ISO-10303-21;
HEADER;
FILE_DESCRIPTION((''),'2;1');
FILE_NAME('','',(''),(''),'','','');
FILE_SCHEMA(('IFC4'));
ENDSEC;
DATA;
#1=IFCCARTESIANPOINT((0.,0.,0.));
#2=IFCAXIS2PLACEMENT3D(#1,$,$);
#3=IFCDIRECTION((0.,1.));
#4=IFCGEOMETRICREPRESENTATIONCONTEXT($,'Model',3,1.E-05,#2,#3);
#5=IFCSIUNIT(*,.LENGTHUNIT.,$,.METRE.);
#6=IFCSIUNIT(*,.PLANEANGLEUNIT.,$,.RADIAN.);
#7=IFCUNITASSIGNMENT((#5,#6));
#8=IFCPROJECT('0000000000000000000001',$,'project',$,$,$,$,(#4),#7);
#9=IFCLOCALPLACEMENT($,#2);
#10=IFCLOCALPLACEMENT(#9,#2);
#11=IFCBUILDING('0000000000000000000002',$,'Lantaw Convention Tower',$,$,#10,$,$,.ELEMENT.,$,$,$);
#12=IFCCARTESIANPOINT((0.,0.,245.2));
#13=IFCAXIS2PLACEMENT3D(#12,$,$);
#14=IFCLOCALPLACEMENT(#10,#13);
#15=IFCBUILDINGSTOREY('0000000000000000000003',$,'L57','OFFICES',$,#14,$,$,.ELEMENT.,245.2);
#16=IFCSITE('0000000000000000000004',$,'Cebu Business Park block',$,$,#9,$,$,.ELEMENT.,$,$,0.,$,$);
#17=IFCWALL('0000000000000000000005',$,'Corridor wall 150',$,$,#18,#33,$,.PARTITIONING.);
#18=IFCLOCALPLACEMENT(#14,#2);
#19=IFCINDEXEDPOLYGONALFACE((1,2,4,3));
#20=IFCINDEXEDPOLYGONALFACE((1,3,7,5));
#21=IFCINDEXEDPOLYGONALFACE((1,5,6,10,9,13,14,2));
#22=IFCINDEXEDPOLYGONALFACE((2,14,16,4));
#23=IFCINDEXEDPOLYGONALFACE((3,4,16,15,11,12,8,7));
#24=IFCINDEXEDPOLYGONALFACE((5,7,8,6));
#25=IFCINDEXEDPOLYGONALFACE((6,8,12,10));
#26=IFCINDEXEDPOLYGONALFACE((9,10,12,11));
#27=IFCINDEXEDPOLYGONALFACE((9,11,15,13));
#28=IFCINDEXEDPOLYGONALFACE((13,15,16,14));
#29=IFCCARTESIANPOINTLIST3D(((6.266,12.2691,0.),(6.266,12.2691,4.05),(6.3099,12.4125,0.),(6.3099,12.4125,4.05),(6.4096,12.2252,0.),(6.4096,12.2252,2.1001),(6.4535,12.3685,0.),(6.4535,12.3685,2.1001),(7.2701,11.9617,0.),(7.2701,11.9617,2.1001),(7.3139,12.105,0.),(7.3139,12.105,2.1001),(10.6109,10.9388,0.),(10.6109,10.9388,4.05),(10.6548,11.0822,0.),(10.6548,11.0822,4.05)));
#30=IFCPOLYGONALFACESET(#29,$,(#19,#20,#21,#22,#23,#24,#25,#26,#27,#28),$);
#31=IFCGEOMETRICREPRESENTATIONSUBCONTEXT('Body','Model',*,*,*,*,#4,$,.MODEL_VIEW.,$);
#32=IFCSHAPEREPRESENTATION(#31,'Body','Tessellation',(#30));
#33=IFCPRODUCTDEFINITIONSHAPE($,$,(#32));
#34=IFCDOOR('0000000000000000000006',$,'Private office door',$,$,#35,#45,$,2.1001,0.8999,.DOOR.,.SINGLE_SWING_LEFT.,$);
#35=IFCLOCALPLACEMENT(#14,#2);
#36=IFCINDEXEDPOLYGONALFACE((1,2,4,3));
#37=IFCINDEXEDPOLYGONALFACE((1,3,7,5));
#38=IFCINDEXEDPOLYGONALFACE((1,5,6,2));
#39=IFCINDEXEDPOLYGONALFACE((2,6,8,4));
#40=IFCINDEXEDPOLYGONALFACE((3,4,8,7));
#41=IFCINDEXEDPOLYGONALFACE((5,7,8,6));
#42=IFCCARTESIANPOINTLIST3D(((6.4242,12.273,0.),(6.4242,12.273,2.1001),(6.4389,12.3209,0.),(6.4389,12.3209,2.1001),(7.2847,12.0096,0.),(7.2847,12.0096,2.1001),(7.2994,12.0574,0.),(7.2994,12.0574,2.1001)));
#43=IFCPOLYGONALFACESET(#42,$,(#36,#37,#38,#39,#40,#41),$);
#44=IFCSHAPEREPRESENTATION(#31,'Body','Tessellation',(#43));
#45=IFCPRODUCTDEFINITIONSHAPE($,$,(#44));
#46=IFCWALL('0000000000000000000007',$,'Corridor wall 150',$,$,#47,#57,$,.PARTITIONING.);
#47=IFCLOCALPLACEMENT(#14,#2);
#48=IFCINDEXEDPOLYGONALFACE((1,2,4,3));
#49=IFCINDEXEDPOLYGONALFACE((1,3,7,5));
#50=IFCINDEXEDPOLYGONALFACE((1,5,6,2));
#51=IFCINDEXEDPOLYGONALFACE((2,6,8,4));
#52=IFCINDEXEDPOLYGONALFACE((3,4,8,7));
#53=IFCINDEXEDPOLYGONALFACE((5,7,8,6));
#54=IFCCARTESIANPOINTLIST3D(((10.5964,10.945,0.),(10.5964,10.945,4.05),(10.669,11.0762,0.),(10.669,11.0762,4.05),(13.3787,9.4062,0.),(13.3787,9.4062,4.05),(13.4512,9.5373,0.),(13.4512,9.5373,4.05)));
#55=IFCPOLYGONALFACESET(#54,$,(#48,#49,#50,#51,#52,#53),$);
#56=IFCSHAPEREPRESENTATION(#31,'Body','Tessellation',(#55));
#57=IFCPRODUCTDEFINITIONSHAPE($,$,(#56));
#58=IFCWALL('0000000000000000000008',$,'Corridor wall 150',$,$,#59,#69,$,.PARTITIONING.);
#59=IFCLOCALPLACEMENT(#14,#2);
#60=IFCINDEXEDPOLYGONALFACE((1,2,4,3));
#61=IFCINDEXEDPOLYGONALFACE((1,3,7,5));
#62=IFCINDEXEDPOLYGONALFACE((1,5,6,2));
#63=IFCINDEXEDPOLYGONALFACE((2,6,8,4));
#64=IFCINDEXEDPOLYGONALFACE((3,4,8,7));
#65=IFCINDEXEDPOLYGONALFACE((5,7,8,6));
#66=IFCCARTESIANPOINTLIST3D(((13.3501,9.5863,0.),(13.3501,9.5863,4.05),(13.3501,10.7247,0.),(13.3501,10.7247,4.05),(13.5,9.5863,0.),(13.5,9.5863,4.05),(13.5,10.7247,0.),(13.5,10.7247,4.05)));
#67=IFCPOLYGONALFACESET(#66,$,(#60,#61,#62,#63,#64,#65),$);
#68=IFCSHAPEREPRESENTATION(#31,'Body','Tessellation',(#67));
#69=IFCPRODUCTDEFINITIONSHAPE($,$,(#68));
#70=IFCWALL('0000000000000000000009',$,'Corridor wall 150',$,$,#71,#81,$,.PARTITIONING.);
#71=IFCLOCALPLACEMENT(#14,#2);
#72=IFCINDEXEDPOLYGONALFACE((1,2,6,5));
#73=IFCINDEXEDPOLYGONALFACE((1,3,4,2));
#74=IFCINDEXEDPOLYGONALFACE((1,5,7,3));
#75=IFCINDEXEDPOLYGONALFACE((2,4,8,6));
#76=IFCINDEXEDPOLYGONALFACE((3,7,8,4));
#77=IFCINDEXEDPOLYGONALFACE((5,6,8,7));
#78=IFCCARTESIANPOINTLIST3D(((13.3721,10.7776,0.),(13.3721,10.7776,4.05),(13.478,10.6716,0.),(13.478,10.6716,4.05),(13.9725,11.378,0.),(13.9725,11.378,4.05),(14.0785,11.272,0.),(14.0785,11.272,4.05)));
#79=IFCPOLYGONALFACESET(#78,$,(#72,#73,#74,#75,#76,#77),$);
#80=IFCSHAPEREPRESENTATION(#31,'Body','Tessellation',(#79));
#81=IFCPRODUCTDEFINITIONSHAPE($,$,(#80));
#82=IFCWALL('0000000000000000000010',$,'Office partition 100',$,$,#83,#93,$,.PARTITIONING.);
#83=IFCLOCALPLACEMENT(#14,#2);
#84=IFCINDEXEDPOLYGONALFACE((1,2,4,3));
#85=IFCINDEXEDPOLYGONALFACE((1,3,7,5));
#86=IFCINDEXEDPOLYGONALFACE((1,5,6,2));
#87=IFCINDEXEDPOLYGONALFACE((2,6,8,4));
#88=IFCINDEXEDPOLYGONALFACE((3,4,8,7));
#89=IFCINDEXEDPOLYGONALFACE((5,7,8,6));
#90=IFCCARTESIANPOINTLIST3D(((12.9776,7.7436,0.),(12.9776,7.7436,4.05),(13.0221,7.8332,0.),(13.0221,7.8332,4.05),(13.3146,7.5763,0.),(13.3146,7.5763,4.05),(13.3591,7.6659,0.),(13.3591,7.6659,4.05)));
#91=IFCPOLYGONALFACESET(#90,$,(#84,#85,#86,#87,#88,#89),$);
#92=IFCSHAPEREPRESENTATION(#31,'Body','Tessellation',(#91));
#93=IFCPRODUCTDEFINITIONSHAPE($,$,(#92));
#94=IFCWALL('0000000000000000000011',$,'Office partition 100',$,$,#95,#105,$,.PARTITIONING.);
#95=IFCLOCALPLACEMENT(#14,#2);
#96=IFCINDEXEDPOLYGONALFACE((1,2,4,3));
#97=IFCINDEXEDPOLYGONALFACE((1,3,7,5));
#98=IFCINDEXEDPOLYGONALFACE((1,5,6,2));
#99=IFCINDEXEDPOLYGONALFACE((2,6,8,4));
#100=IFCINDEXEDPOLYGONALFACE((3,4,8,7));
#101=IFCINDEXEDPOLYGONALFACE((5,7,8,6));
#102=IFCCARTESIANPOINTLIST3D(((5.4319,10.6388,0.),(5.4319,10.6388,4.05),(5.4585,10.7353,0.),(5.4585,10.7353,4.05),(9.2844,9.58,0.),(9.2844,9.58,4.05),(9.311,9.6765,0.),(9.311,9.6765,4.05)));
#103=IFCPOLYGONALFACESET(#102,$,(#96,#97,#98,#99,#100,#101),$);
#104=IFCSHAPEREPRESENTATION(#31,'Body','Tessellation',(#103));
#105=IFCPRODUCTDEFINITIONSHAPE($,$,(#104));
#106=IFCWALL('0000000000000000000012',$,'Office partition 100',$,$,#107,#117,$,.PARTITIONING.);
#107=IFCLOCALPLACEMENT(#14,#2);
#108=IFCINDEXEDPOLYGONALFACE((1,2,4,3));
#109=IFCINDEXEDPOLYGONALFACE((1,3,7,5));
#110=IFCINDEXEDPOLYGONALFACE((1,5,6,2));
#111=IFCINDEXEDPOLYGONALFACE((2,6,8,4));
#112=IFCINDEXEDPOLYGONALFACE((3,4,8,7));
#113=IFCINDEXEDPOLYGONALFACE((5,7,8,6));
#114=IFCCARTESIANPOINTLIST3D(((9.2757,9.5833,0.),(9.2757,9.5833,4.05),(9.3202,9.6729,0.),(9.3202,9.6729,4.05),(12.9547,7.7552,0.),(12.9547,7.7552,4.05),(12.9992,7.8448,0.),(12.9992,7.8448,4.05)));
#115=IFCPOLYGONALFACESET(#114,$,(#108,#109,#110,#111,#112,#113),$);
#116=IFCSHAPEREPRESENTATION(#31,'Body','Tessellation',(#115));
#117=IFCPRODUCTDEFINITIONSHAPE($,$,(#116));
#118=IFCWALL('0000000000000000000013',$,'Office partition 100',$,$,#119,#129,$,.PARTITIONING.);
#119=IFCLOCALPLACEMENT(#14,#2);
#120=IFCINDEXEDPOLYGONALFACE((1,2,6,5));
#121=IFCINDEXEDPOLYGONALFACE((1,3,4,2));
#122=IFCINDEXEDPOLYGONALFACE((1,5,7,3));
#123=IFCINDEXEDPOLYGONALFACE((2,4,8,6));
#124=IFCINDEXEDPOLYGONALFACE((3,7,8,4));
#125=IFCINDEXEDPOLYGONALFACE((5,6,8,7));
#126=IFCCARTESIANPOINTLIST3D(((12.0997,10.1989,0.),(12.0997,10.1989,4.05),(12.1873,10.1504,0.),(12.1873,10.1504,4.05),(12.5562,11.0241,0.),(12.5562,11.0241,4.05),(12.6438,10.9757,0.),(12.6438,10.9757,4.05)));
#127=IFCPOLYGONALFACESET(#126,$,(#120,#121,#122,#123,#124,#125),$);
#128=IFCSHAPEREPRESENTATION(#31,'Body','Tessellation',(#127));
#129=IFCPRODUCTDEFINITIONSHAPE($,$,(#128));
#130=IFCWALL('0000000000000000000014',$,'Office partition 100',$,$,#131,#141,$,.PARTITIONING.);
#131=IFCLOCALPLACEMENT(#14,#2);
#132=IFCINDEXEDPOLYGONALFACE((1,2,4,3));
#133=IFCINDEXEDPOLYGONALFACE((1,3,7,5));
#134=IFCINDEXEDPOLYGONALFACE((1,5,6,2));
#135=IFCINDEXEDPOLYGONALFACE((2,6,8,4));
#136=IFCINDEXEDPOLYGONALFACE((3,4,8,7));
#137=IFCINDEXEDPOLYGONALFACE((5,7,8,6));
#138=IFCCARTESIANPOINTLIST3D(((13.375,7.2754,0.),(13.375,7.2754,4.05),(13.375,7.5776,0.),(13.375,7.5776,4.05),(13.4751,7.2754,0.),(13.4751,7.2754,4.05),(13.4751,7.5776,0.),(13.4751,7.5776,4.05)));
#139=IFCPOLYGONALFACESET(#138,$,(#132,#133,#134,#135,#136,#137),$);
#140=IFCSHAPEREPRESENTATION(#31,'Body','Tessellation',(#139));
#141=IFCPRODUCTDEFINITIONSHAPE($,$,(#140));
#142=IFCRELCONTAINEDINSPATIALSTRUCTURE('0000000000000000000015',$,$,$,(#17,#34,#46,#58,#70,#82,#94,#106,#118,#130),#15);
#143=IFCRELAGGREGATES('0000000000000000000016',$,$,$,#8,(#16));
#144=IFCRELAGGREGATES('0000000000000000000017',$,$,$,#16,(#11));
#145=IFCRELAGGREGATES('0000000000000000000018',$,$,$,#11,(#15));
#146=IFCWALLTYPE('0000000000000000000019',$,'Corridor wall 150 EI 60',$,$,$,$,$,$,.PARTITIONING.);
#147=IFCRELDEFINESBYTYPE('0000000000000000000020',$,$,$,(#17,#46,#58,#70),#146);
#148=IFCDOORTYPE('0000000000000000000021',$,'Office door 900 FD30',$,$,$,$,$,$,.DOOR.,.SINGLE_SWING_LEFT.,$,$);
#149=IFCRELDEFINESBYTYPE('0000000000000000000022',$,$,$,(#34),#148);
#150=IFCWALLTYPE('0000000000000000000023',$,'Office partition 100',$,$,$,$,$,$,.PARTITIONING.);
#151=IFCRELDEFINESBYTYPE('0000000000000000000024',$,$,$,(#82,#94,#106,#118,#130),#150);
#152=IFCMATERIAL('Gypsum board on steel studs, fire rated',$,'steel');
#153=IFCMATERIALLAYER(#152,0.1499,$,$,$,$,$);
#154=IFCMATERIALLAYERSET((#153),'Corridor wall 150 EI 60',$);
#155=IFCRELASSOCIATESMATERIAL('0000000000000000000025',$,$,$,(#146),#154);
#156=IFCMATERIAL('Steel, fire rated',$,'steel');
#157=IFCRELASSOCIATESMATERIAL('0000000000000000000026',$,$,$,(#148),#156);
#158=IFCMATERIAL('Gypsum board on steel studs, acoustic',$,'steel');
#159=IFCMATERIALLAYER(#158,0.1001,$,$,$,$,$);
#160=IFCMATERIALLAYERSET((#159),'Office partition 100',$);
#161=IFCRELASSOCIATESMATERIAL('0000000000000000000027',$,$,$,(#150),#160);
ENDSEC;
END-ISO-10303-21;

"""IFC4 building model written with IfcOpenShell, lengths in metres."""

from ifc_helpers import new_model, si_unit, direction, frame, frame_2d, origin, place, context, subcontext, project, spatial, rectangle, extrude, material, layer, layer_set, type_object, element, fill, save


model = new_model("IFC4")

# Units and contexts
model_context = context("Model", 3, precision=1e-05, world=origin(), true_north=direction((0.0, 1.0)))
body_context = subcontext(model_context, "Body", "Model", "MODEL_VIEW")
ifc_project = project(units=[si_unit("LENGTHUNIT", "METRE"), si_unit("PLANEANGLEUNIT", "RADIAN")], contexts=[model_context])

# Site, building, storey
site_placement = place(None, origin())
site = spatial("IfcSite", under=ifc_project, at=site_placement, Name="Cebu Business Park block", CompositionType="ELEMENT", RefElevation=0.0)
building_placement = place(site_placement, origin())
building = spatial("IfcBuilding", under=site, at=building_placement, Name="Lantaw Convention Tower", CompositionType="ELEMENT")
storey_placement = place(building_placement, frame((0.0, 0.0, 245.2)))
storey = spatial("IfcBuildingStorey", under=building, at=storey_placement, Name="L57", Description="OFFICES", CompositionType="ELEMENT", Elevation=245.2)

# Wall, opening, door
ifc_material_1 = material(Name="Gypsum board on steel studs, fire rated", Category="steel")
ifc_layer_1 = layer(ifc_material_1, 0.1499)
ifc_layer_set_1 = layer_set([ifc_layer_1], Name="Corridor wall 150 EI 60")
wall_type_1 = type_object("IfcWallType", Name="Corridor wall 150 EI 60", PredefinedType="PARTITIONING", material=ifc_layer_set_1)
wall_1_placement = place(storey_placement, frame((10.6328, 11.0105, 0.0), z_axis=(0.0, 0.0, 1.0), x_axis=(-0.956186, 0.29276, 0.0)))
wall_1 = element("IfcWall", 1, at=wall_1_placement, inside=storey, type_object=wall_type_1, Name="Corridor wall 150", PredefinedType="PARTITIONING", context=body_context, shape_type="SweptSolid", body=[
    extrude(rectangle(XDim=4.5439, YDim=0.1499, at=frame_2d((2.272, 0.0))), origin(), (0.0, 0.0, 1.0), 4.05),
])
opening_1_placement = place(wall_1_placement, frame((3.4939, 0.0, 0.0)))
opening_1 = element("IfcOpeningElement", 2, at=opening_1_placement, cuts=wall_1, PredefinedType="OPENING", context=body_context, shape_type="SweptSolid", body=[
    extrude(rectangle(XDim=0.8999, YDim=2.1001, at=frame_2d((0.45, 1.05))), frame((0.0, 0.085, 0.0), z_axis=(0.0, -1.0, 0.0), x_axis=(1.0, 0.0, 0.0)), (0.0, 0.0, 1.0), 0.1699),
])
ifc_material_2 = material(Name="Steel, fire rated", Category="steel")
door_type_1 = type_object("IfcDoorType", Name="Office door 900 FD30", OperationType="SINGLE_SWING_LEFT", PredefinedType="DOOR", material=ifc_material_2)
door_1_placement = place(opening_1_placement, origin())
door_1 = element("IfcDoor", 3, at=door_1_placement, inside=storey, type_object=door_type_1, Name="Private office door", OperationType="SINGLE_SWING_LEFT", OverallHeight=2.1001, OverallWidth=0.8999, PredefinedType="DOOR", context=body_context, shape_type="SweptSolid", body=[
    extrude(rectangle(XDim=0.8999, YDim=2.1001, at=frame_2d((0.45, 1.05))), frame((0.0, 0.0249, 0.0), z_axis=(0.0, -1.0, 0.0), x_axis=(1.0, 0.0, 0.0)), (0.0, 0.0, 1.0), 0.05),
])
fill(opening_1, door_1)

# Walls
wall_2_placement = place(storey_placement, frame((13.415, 9.4717, 0.0), z_axis=(0.0, 0.0, 1.0), x_axis=(-0.875072, 0.483993, 0.0)))
element("IfcWall", 4, at=wall_2_placement, inside=storey, type_object=wall_type_1, Name="Corridor wall 150", PredefinedType="PARTITIONING", context=body_context, shape_type="SweptSolid", body=[
    extrude(rectangle(XDim=3.1794, YDim=0.1499, at=frame_2d((1.5898, 0.0))), origin(), (0.0, 0.0, 1.0), 4.05),
])
wall_3_placement = place(storey_placement, frame((13.425, 9.5862, 0.0), z_axis=(0.0, 0.0, 1.0), x_axis=(0.0, 1.0, 0.0)))
element("IfcWall", 5, at=wall_3_placement, inside=storey, type_object=wall_type_1, Name="Corridor wall 150", PredefinedType="PARTITIONING", context=body_context, shape_type="SweptSolid", body=[
    extrude(rectangle(XDim=1.1384, YDim=0.1499, at=frame_2d((0.5693, 0.0))), origin(), (0.0, 0.0, 1.0), 4.05),
])
wall_4_placement = place(storey_placement, frame((13.425, 10.7246, 0.0), z_axis=(0.0, 0.0, 1.0), x_axis=(0.707107, 0.707107, 0.0)))
element("IfcWall", 6, at=wall_4_placement, inside=storey, type_object=wall_type_1, Name="Corridor wall 150", PredefinedType="PARTITIONING", context=body_context, shape_type="SweptSolid", body=[
    extrude(rectangle(XDim=0.8491, YDim=0.1499, at=frame_2d((0.4246, 0.0))), origin(), (0.0, 0.0, 1.0), 4.05),
])
ifc_material_3 = material(Name="Gypsum board on steel studs, acoustic", Category="steel")
ifc_layer_2 = layer(ifc_material_3, 0.1001)
ifc_layer_set_2 = layer_set([ifc_layer_2], Name="Office partition 100")
wall_type_2 = type_object("IfcWallType", Name="Office partition 100", PredefinedType="PARTITIONING", material=ifc_layer_set_2)
wall_5_placement = place(storey_placement, frame((13.0, 7.7883, 0.0), z_axis=(0.0, 0.0, 1.0), x_axis=(0.895722, -0.444615, 0.0)))
element("IfcWall", 7, at=wall_5_placement, inside=storey, type_object=wall_type_2, Name="Office partition 100", PredefinedType="PARTITIONING", context=body_context, shape_type="SweptSolid", body=[
    extrude(rectangle(XDim=0.3762, YDim=0.1001, at=frame_2d((0.188, 0.0))), origin(), (0.0, 0.0, 1.0), 4.05),
])
wall_6_placement = place(storey_placement, frame((5.4453, 10.687, 0.0), z_axis=(0.0, 0.0, 1.0), x_axis=(0.964244, -0.265014, 0.0)))
element("IfcWall", 8, at=wall_6_placement, inside=storey, type_object=wall_type_2, Name="Office partition 100", PredefinedType="PARTITIONING", context=body_context, shape_type="SweptSolid", body=[
    extrude(rectangle(XDim=3.9954, YDim=0.1001, at=frame_2d((1.9976, 0.0))), origin(), (0.0, 0.0, 1.0), 4.05),
])
wall_7_placement = place(storey_placement, frame((9.2979, 9.6282, 0.0), z_axis=(0.0, 0.0, 1.0), x_axis=(0.89553, -0.445001, 0.0)))
element("IfcWall", 9, at=wall_7_placement, inside=storey, type_object=wall_type_2, Name="Office partition 100", PredefinedType="PARTITIONING", context=body_context, shape_type="SweptSolid", body=[
    extrude(rectangle(XDim=4.1082, YDim=0.1001, at=frame_2d((2.0542, 0.0))), origin(), (0.0, 0.0, 1.0), 4.05),
])
wall_8_placement = place(storey_placement, frame((12.6001, 11.0, 0.0), z_axis=(0.0, 0.0, 1.0), x_axis=(-0.484104, -0.875011, 0.0)))
element("IfcWall", 10, at=wall_8_placement, inside=storey, type_object=wall_type_2, Name="Office partition 100", PredefinedType="PARTITIONING", context=body_context, shape_type="SweptSolid", body=[
    extrude(rectangle(XDim=0.9431, YDim=0.1001, at=frame_2d((0.4717, 0.0))), origin(), (0.0, 0.0, 1.0), 4.05),
])
wall_9_placement = place(storey_placement, frame((13.425, 7.2754, 0.0), z_axis=(0.0, 0.0, 1.0), x_axis=(0.0, 1.0, 0.0)))
element("IfcWall", 11, at=wall_9_placement, inside=storey, type_object=wall_type_2, Name="Office partition 100", PredefinedType="PARTITIONING", context=body_context, shape_type="SweptSolid", body=[
    extrude(rectangle(XDim=0.3022, YDim=0.1001, at=frame_2d((0.1511, 0.0))), origin(), (0.0, 0.0, 1.0), 4.05),
])

save(model, "model.ifc")
